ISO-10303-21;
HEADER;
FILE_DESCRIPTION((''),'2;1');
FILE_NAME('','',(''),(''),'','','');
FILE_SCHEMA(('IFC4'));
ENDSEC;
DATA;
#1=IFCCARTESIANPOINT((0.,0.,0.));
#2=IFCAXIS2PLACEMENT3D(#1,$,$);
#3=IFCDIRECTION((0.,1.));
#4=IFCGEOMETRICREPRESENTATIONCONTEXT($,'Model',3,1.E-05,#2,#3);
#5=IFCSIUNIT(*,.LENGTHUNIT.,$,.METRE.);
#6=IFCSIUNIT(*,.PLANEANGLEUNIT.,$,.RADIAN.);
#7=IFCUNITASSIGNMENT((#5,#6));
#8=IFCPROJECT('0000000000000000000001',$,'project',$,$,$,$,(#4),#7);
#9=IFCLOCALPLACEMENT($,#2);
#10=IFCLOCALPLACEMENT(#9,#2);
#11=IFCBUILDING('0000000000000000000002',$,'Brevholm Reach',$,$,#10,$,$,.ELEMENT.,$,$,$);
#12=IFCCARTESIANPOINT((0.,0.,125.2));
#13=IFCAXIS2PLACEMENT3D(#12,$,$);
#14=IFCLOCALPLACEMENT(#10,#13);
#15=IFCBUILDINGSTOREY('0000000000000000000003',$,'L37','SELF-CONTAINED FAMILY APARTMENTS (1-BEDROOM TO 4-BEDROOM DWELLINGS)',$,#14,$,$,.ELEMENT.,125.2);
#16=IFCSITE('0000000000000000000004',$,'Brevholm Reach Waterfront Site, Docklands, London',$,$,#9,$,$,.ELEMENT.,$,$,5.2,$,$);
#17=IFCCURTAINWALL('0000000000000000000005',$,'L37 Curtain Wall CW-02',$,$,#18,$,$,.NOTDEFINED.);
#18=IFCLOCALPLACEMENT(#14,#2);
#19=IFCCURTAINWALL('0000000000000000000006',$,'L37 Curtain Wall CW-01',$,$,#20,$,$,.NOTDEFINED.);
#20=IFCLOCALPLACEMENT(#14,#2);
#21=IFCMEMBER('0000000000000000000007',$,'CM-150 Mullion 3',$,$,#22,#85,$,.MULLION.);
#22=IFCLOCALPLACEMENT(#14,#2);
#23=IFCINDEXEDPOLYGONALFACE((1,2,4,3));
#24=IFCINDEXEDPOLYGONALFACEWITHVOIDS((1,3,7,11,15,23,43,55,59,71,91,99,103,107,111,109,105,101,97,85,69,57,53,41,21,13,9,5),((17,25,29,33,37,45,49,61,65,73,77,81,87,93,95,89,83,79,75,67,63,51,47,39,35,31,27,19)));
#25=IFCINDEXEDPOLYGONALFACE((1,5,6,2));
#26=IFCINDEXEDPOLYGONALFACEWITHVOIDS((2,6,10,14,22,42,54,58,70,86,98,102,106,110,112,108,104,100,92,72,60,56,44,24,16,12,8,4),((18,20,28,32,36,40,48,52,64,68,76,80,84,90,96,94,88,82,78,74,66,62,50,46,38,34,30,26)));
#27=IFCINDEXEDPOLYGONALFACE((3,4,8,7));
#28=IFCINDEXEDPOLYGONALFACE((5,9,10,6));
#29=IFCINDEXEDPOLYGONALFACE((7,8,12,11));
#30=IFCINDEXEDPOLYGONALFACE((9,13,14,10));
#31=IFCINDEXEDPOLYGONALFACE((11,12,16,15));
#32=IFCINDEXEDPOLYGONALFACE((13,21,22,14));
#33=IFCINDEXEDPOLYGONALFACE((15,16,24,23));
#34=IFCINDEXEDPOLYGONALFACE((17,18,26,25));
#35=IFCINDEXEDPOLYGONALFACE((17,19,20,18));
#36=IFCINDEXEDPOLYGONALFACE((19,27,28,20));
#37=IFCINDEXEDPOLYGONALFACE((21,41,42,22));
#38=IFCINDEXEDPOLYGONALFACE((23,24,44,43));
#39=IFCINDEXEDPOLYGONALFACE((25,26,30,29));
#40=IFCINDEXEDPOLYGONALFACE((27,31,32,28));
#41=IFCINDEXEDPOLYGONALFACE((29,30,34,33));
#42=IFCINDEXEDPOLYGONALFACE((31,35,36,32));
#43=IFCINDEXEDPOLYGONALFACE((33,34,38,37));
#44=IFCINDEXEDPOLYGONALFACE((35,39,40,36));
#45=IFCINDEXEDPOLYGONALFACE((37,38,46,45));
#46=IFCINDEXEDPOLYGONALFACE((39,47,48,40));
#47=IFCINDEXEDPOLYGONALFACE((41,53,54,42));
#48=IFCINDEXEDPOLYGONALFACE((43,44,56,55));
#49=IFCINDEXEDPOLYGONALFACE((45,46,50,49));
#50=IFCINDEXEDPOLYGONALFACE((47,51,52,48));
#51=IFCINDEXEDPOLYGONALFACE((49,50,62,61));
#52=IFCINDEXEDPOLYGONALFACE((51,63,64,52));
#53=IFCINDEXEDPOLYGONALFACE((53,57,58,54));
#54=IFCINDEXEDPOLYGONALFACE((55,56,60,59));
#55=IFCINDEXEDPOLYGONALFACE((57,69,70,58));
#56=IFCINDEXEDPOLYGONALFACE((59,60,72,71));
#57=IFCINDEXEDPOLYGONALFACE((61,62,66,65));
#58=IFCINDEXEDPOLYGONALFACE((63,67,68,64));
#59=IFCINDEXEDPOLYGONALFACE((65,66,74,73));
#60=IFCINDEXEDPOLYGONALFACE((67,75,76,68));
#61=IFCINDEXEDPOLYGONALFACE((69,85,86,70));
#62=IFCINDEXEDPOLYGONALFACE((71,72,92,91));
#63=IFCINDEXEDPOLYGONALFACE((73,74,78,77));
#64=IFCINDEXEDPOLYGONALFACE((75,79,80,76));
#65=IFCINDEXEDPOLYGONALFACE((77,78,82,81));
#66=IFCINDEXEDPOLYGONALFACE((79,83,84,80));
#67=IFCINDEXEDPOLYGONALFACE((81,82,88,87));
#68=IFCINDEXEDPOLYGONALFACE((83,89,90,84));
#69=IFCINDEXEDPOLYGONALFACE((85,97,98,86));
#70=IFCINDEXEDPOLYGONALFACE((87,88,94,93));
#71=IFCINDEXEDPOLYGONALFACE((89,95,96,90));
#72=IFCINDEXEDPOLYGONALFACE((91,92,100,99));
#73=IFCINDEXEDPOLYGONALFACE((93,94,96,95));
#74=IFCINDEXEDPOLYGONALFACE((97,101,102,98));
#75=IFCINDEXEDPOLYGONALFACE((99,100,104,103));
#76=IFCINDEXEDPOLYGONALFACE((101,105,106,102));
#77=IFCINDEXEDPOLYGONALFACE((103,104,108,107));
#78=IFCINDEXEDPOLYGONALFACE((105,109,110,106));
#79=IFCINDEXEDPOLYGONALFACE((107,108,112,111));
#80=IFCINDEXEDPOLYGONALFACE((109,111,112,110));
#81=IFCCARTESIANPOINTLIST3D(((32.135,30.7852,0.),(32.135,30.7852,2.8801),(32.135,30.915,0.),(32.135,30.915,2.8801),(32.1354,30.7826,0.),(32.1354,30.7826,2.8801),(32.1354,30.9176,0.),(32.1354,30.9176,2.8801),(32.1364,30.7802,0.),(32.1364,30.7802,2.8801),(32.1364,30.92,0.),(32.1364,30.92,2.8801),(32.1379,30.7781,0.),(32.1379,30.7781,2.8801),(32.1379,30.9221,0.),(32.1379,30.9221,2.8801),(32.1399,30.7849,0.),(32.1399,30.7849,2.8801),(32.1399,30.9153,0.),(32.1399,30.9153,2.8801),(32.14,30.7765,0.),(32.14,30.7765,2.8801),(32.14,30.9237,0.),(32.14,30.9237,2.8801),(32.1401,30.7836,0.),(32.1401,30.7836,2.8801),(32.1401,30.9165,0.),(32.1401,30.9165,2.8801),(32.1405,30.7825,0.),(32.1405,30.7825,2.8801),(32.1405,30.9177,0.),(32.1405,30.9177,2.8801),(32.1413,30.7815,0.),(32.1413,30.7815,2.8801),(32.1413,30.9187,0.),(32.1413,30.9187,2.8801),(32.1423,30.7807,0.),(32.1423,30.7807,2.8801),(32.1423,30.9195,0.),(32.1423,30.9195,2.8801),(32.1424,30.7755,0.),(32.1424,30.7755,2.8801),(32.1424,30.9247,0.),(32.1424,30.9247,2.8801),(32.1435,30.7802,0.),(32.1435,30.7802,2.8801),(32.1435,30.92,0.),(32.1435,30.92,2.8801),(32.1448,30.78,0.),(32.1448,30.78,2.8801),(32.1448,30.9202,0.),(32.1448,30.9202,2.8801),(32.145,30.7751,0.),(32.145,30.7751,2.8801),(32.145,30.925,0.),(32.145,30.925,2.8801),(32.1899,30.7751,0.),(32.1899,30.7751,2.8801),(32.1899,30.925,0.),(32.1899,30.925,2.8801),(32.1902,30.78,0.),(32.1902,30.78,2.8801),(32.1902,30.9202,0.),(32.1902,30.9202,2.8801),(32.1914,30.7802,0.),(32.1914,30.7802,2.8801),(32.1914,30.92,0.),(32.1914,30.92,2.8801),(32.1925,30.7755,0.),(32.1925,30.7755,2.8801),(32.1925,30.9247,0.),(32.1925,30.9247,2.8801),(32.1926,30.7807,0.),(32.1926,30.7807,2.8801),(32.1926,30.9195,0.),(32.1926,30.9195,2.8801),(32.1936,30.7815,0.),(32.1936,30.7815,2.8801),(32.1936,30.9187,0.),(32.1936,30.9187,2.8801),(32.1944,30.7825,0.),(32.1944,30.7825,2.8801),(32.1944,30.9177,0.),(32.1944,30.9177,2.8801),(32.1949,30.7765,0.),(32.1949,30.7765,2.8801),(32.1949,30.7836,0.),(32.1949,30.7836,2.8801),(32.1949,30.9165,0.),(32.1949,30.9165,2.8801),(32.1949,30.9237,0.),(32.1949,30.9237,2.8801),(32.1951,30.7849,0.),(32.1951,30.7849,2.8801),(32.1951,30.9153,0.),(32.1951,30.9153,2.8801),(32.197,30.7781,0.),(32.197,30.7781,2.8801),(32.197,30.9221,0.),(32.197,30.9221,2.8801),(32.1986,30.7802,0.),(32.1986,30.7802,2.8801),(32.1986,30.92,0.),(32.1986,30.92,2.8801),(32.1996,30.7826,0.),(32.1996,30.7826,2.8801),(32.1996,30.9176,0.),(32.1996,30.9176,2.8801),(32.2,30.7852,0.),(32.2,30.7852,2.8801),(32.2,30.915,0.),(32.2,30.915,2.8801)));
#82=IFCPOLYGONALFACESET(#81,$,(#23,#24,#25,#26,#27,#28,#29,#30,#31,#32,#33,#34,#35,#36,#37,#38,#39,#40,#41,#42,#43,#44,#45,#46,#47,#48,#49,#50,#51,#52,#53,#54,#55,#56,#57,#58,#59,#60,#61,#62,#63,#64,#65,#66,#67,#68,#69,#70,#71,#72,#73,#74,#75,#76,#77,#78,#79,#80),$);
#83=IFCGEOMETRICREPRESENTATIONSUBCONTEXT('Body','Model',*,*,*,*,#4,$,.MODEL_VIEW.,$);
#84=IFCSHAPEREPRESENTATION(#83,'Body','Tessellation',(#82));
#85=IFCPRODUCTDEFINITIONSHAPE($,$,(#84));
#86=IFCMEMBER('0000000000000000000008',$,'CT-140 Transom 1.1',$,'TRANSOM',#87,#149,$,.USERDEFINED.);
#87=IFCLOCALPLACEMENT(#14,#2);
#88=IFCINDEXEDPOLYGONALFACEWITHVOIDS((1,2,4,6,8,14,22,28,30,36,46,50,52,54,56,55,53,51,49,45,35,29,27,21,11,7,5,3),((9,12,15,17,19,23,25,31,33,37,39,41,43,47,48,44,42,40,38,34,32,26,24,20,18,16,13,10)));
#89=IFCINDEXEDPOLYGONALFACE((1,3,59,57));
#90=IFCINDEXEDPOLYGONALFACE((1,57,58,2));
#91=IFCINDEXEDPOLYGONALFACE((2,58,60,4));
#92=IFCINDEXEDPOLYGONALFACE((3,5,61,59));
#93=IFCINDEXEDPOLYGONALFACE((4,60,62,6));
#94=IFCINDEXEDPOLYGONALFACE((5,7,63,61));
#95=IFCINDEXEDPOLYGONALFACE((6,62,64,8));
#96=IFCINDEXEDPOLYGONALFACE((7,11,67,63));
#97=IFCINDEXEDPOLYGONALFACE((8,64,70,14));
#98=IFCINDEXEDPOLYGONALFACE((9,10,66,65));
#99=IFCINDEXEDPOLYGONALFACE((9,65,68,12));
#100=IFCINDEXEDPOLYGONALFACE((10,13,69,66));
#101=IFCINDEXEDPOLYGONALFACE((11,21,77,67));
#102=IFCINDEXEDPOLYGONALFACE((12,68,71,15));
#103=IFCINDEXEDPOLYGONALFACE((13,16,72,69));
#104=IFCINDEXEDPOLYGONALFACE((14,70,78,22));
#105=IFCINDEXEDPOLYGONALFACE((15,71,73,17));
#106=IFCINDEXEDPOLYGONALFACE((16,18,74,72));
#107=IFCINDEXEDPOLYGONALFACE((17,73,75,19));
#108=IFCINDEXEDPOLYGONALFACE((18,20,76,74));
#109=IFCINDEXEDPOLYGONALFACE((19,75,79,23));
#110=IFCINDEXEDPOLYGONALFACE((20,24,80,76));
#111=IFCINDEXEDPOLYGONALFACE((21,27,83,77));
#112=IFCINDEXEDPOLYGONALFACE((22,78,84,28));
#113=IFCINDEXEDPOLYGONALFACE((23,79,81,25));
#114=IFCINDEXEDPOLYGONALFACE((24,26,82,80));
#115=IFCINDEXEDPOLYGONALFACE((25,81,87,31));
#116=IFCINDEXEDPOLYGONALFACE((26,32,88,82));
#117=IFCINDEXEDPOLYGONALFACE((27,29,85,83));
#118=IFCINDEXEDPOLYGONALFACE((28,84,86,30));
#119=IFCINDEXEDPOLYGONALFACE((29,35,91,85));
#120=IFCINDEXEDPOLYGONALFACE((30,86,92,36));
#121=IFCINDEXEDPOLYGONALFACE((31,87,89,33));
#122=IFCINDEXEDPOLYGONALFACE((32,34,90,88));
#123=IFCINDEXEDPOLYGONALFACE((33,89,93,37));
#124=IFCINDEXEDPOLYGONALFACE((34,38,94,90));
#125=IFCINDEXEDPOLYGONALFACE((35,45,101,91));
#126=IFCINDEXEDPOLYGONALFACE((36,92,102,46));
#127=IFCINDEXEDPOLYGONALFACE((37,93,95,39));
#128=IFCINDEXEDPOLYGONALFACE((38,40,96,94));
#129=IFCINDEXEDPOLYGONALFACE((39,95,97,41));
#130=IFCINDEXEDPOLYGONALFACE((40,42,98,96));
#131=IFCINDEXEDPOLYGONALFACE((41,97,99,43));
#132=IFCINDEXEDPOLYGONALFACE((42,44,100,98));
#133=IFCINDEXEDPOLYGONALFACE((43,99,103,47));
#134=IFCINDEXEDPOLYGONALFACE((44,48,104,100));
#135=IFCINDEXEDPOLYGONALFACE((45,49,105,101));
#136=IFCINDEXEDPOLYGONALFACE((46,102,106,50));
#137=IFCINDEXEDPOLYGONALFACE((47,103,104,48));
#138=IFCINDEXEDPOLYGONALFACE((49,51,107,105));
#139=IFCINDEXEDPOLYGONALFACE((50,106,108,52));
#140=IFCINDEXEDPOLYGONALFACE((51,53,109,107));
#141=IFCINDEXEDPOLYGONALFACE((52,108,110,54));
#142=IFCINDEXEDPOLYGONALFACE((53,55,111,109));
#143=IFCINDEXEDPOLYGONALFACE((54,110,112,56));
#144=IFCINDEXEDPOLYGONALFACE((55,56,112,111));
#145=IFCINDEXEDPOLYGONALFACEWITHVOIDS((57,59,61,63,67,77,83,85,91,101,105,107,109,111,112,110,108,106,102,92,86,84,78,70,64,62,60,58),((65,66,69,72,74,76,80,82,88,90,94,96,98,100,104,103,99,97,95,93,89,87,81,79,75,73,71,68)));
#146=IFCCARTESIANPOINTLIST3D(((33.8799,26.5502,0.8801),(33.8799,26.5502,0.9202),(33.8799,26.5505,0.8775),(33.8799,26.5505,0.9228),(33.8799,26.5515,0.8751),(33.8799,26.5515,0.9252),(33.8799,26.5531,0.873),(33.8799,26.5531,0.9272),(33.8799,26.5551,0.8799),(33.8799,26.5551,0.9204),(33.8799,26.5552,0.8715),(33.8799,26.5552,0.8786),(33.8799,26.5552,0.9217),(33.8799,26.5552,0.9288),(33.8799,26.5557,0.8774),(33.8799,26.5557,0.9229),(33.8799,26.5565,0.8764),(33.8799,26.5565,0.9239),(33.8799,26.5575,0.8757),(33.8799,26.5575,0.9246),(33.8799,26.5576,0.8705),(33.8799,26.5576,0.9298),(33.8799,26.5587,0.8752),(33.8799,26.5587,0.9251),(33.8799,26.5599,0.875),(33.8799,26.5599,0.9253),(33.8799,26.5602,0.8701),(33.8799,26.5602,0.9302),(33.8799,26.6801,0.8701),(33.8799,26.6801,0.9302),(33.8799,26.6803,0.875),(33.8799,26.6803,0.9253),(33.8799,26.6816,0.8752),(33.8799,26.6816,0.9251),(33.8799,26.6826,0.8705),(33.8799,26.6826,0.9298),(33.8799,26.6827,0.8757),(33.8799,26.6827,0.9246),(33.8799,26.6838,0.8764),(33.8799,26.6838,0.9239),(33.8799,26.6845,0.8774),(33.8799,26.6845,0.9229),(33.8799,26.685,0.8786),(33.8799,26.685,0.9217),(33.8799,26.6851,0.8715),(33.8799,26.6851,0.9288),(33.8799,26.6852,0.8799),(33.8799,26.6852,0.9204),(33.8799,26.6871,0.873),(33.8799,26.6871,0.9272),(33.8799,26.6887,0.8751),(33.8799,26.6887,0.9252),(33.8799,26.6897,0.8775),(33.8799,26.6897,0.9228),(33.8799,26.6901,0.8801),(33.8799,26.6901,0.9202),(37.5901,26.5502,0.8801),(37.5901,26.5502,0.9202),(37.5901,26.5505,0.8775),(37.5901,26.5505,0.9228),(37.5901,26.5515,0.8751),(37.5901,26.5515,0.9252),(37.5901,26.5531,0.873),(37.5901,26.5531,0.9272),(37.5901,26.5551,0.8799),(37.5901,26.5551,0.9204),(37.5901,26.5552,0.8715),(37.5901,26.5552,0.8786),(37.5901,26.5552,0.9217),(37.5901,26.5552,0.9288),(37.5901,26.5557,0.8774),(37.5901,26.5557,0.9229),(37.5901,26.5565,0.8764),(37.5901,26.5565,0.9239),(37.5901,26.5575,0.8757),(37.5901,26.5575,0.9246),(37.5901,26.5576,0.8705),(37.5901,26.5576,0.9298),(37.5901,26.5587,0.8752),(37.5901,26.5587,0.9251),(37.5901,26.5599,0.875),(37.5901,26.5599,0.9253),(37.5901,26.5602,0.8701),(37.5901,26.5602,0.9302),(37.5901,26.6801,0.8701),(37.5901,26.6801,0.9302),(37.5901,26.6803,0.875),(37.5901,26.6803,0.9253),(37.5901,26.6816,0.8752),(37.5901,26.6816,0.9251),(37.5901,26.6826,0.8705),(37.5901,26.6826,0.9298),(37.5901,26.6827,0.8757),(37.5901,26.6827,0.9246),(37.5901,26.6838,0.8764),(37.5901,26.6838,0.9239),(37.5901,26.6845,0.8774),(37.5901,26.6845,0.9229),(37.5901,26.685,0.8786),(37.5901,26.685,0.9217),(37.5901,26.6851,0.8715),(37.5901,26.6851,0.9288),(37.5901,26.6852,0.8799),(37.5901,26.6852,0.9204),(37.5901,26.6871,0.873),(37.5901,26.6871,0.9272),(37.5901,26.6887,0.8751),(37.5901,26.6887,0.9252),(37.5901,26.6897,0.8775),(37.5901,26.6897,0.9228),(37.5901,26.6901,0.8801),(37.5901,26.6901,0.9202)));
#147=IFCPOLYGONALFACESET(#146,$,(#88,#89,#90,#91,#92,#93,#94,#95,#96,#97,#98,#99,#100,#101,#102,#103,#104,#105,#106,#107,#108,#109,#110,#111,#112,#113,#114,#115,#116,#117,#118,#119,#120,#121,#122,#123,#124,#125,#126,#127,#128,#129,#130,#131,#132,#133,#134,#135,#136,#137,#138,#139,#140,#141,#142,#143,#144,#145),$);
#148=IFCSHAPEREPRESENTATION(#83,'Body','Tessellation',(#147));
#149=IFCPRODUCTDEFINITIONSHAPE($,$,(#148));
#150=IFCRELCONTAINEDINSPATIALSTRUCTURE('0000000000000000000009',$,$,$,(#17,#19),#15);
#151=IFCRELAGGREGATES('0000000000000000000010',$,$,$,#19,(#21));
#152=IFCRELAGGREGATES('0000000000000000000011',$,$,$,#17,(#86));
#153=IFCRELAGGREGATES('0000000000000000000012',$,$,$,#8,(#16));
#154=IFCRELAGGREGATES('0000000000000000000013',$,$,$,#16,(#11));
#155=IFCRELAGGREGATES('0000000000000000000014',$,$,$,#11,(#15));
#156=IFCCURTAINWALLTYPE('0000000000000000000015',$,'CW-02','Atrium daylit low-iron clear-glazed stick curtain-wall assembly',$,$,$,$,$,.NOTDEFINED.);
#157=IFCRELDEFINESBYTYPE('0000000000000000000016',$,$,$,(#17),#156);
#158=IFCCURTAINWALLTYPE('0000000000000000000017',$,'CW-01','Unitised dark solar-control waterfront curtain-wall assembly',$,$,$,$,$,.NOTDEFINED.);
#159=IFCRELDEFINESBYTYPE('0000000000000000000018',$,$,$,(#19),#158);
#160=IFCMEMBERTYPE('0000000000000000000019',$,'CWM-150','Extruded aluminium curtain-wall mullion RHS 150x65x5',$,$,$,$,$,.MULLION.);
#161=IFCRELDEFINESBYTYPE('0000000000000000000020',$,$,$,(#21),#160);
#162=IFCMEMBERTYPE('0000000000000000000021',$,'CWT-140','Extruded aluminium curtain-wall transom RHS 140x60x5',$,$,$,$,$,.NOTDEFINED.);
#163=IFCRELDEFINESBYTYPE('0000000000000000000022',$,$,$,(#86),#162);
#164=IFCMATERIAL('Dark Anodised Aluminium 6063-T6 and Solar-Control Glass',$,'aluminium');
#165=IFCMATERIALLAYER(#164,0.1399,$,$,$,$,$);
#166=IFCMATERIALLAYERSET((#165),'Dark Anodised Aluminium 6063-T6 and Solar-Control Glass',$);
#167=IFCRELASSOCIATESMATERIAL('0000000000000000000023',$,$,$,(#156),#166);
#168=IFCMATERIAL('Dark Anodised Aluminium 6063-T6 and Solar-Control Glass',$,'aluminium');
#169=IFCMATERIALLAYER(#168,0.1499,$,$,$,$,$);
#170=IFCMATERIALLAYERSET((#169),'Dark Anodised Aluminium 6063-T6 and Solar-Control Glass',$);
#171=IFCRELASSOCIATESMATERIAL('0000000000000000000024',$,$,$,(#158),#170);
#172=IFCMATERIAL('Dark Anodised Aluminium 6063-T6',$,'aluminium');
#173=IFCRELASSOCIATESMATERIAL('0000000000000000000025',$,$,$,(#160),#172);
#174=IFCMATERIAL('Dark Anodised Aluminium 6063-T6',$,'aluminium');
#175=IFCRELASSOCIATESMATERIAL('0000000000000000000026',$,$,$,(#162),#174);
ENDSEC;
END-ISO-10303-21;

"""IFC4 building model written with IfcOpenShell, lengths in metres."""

from ifc_helpers import new_model, si_unit, direction, frame, origin, origin_2d, place, context, subcontext, project, spatial, hollow_rectangle, extrude, material, layer, layer_set, material_profile, profile_set, type_object, element, aggregate, save


model = new_model("IFC4")

# Units and contexts
model_context = context("Model", 3, precision=1e-05, world=origin(), true_north=direction((0.0, 1.0)))
body_context = subcontext(model_context, "Body", "Model", "MODEL_VIEW")
ifc_project = project(units=[si_unit("LENGTHUNIT", "METRE"), si_unit("PLANEANGLEUNIT", "RADIAN")], contexts=[model_context])

# Site, building, storey
site_placement = place(None, origin())
site = spatial("IfcSite", under=ifc_project, at=site_placement, Name="Brevholm Reach Waterfront Site, Docklands, London", CompositionType="ELEMENT", RefElevation=5.2)
building_placement = place(site_placement, origin())
building = spatial("IfcBuilding", under=site, at=building_placement, Name="Brevholm Reach", CompositionType="ELEMENT")
storey_placement = place(building_placement, frame((0.0, 0.0, 125.2)))
storey = spatial("IfcBuildingStorey", under=building, at=storey_placement, Name="L37", Description="SELF-CONTAINED FAMILY APARTMENTS (1-BEDROOM TO 4-BEDROOM DWELLINGS)", CompositionType="ELEMENT", Elevation=125.2)

# Curtain walls, member
ifc_material_1 = material(Name="Dark Anodised Aluminium 6063-T6 and Solar-Control Glass", Category="aluminium")
ifc_layer_1 = layer(ifc_material_1, 0.1399)
ifc_layer_set_1 = layer_set([ifc_layer_1], Name="Dark Anodised Aluminium 6063-T6 and Solar-Control Glass")
curtain_wall_type_1 = type_object("IfcCurtainWallType", Name="CW-02", Description="Atrium daylit low-iron clear-glazed stick curtain-wall assembly", PredefinedType="NOTDEFINED", material=ifc_layer_set_1)
curtain_wall_1_placement = place(storey_placement, origin())
curtain_wall_1 = element("IfcCurtainWall", 1, at=curtain_wall_1_placement, inside=storey, type_object=curtain_wall_type_1, Name="L37 Curtain Wall CW-02", PredefinedType="NOTDEFINED")
ifc_material_2 = material(Name="Dark Anodised Aluminium 6063-T6 and Solar-Control Glass", Category="aluminium")
ifc_layer_2 = layer(ifc_material_2, 0.1499)
ifc_layer_set_2 = layer_set([ifc_layer_2], Name="Dark Anodised Aluminium 6063-T6 and Solar-Control Glass")
curtain_wall_type_2 = type_object("IfcCurtainWallType", Name="CW-01", Description="Unitised dark solar-control waterfront curtain-wall assembly", PredefinedType="NOTDEFINED", material=ifc_layer_set_2)
curtain_wall_2_placement = place(storey_placement, origin())
curtain_wall_2 = element("IfcCurtainWall", 2, at=curtain_wall_2_placement, inside=storey, type_object=curtain_wall_type_2, Name="L37 Curtain Wall CW-01", PredefinedType="NOTDEFINED")
ifc_material_3 = material(Name="Dark Anodised Aluminium 6063-T6", Category="aluminium")
ifc_material_profile_1 = material_profile(ifc_material_3, hollow_rectangle(XDim=0.0649, YDim=0.1499, WallThickness=0.0049, InnerFilletRadius=0.0049, OuterFilletRadius=0.01, at=origin_2d()), Name="RHS 150x65x5")
ifc_profile_set_1 = profile_set([ifc_material_profile_1], Name="Dark Anodised Aluminium 6063-T6")
member_type_1 = type_object("IfcMemberType", Name="CWM-150", Description="Extruded aluminium curtain-wall mullion RHS 150x65x5", PredefinedType="MULLION", material=ifc_profile_set_1)
member_1_placement = place(storey_placement, frame((32.1675, 30.8501, 0.0), z_axis=(0.0, 0.0, 1.0), x_axis=(1.0, 0.0, 0.0)))
member_1 = element("IfcMember", 3, at=member_1_placement, type_object=member_type_1, Name="CM-150 Mullion 3", PredefinedType="MULLION", context=body_context, shape_type="SweptSolid", body=[
    extrude(hollow_rectangle(XDim=0.0649, YDim=0.1499, WallThickness=0.0049, InnerFilletRadius=0.0049, OuterFilletRadius=0.01, at=origin_2d()), origin(), (0.0, 0.0, 1.0), 2.8801),
])

# Member
ifc_material_4 = material(Name="Dark Anodised Aluminium 6063-T6", Category="aluminium")
ifc_material_profile_2 = material_profile(ifc_material_4, hollow_rectangle(XDim=0.0601, YDim=0.1399, WallThickness=0.0049, InnerFilletRadius=0.0049, OuterFilletRadius=0.01, at=origin_2d()), Name="RHS 140x60x5")
ifc_profile_set_2 = profile_set([ifc_material_profile_2], Name="Dark Anodised Aluminium 6063-T6")
member_type_2 = type_object("IfcMemberType", Name="CWT-140", Description="Extruded aluminium curtain-wall transom RHS 140x60x5", PredefinedType="NOTDEFINED", material=ifc_profile_set_2)
member_2_placement = place(storey_placement, frame((37.5901, 26.6201, 0.9001), z_axis=(-1.0, 0.0, 0.0), x_axis=(0.0, 0.0, 1.0)))
member_2 = element("IfcMember", 4, at=member_2_placement, type_object=member_type_2, Name="CT-140 Transom 1.1", ObjectType="TRANSOM", PredefinedType="USERDEFINED", context=body_context, shape_type="SweptSolid", body=[
    extrude(hollow_rectangle(XDim=0.0601, YDim=0.1399, WallThickness=0.0049, InnerFilletRadius=0.0049, OuterFilletRadius=0.01, at=origin_2d()), origin(), (0.0, 0.0, 1.0), 3.7102),
])

aggregate(curtain_wall_2, [member_1])
aggregate(curtain_wall_1, [member_2])

save(model, "model.ifc")
